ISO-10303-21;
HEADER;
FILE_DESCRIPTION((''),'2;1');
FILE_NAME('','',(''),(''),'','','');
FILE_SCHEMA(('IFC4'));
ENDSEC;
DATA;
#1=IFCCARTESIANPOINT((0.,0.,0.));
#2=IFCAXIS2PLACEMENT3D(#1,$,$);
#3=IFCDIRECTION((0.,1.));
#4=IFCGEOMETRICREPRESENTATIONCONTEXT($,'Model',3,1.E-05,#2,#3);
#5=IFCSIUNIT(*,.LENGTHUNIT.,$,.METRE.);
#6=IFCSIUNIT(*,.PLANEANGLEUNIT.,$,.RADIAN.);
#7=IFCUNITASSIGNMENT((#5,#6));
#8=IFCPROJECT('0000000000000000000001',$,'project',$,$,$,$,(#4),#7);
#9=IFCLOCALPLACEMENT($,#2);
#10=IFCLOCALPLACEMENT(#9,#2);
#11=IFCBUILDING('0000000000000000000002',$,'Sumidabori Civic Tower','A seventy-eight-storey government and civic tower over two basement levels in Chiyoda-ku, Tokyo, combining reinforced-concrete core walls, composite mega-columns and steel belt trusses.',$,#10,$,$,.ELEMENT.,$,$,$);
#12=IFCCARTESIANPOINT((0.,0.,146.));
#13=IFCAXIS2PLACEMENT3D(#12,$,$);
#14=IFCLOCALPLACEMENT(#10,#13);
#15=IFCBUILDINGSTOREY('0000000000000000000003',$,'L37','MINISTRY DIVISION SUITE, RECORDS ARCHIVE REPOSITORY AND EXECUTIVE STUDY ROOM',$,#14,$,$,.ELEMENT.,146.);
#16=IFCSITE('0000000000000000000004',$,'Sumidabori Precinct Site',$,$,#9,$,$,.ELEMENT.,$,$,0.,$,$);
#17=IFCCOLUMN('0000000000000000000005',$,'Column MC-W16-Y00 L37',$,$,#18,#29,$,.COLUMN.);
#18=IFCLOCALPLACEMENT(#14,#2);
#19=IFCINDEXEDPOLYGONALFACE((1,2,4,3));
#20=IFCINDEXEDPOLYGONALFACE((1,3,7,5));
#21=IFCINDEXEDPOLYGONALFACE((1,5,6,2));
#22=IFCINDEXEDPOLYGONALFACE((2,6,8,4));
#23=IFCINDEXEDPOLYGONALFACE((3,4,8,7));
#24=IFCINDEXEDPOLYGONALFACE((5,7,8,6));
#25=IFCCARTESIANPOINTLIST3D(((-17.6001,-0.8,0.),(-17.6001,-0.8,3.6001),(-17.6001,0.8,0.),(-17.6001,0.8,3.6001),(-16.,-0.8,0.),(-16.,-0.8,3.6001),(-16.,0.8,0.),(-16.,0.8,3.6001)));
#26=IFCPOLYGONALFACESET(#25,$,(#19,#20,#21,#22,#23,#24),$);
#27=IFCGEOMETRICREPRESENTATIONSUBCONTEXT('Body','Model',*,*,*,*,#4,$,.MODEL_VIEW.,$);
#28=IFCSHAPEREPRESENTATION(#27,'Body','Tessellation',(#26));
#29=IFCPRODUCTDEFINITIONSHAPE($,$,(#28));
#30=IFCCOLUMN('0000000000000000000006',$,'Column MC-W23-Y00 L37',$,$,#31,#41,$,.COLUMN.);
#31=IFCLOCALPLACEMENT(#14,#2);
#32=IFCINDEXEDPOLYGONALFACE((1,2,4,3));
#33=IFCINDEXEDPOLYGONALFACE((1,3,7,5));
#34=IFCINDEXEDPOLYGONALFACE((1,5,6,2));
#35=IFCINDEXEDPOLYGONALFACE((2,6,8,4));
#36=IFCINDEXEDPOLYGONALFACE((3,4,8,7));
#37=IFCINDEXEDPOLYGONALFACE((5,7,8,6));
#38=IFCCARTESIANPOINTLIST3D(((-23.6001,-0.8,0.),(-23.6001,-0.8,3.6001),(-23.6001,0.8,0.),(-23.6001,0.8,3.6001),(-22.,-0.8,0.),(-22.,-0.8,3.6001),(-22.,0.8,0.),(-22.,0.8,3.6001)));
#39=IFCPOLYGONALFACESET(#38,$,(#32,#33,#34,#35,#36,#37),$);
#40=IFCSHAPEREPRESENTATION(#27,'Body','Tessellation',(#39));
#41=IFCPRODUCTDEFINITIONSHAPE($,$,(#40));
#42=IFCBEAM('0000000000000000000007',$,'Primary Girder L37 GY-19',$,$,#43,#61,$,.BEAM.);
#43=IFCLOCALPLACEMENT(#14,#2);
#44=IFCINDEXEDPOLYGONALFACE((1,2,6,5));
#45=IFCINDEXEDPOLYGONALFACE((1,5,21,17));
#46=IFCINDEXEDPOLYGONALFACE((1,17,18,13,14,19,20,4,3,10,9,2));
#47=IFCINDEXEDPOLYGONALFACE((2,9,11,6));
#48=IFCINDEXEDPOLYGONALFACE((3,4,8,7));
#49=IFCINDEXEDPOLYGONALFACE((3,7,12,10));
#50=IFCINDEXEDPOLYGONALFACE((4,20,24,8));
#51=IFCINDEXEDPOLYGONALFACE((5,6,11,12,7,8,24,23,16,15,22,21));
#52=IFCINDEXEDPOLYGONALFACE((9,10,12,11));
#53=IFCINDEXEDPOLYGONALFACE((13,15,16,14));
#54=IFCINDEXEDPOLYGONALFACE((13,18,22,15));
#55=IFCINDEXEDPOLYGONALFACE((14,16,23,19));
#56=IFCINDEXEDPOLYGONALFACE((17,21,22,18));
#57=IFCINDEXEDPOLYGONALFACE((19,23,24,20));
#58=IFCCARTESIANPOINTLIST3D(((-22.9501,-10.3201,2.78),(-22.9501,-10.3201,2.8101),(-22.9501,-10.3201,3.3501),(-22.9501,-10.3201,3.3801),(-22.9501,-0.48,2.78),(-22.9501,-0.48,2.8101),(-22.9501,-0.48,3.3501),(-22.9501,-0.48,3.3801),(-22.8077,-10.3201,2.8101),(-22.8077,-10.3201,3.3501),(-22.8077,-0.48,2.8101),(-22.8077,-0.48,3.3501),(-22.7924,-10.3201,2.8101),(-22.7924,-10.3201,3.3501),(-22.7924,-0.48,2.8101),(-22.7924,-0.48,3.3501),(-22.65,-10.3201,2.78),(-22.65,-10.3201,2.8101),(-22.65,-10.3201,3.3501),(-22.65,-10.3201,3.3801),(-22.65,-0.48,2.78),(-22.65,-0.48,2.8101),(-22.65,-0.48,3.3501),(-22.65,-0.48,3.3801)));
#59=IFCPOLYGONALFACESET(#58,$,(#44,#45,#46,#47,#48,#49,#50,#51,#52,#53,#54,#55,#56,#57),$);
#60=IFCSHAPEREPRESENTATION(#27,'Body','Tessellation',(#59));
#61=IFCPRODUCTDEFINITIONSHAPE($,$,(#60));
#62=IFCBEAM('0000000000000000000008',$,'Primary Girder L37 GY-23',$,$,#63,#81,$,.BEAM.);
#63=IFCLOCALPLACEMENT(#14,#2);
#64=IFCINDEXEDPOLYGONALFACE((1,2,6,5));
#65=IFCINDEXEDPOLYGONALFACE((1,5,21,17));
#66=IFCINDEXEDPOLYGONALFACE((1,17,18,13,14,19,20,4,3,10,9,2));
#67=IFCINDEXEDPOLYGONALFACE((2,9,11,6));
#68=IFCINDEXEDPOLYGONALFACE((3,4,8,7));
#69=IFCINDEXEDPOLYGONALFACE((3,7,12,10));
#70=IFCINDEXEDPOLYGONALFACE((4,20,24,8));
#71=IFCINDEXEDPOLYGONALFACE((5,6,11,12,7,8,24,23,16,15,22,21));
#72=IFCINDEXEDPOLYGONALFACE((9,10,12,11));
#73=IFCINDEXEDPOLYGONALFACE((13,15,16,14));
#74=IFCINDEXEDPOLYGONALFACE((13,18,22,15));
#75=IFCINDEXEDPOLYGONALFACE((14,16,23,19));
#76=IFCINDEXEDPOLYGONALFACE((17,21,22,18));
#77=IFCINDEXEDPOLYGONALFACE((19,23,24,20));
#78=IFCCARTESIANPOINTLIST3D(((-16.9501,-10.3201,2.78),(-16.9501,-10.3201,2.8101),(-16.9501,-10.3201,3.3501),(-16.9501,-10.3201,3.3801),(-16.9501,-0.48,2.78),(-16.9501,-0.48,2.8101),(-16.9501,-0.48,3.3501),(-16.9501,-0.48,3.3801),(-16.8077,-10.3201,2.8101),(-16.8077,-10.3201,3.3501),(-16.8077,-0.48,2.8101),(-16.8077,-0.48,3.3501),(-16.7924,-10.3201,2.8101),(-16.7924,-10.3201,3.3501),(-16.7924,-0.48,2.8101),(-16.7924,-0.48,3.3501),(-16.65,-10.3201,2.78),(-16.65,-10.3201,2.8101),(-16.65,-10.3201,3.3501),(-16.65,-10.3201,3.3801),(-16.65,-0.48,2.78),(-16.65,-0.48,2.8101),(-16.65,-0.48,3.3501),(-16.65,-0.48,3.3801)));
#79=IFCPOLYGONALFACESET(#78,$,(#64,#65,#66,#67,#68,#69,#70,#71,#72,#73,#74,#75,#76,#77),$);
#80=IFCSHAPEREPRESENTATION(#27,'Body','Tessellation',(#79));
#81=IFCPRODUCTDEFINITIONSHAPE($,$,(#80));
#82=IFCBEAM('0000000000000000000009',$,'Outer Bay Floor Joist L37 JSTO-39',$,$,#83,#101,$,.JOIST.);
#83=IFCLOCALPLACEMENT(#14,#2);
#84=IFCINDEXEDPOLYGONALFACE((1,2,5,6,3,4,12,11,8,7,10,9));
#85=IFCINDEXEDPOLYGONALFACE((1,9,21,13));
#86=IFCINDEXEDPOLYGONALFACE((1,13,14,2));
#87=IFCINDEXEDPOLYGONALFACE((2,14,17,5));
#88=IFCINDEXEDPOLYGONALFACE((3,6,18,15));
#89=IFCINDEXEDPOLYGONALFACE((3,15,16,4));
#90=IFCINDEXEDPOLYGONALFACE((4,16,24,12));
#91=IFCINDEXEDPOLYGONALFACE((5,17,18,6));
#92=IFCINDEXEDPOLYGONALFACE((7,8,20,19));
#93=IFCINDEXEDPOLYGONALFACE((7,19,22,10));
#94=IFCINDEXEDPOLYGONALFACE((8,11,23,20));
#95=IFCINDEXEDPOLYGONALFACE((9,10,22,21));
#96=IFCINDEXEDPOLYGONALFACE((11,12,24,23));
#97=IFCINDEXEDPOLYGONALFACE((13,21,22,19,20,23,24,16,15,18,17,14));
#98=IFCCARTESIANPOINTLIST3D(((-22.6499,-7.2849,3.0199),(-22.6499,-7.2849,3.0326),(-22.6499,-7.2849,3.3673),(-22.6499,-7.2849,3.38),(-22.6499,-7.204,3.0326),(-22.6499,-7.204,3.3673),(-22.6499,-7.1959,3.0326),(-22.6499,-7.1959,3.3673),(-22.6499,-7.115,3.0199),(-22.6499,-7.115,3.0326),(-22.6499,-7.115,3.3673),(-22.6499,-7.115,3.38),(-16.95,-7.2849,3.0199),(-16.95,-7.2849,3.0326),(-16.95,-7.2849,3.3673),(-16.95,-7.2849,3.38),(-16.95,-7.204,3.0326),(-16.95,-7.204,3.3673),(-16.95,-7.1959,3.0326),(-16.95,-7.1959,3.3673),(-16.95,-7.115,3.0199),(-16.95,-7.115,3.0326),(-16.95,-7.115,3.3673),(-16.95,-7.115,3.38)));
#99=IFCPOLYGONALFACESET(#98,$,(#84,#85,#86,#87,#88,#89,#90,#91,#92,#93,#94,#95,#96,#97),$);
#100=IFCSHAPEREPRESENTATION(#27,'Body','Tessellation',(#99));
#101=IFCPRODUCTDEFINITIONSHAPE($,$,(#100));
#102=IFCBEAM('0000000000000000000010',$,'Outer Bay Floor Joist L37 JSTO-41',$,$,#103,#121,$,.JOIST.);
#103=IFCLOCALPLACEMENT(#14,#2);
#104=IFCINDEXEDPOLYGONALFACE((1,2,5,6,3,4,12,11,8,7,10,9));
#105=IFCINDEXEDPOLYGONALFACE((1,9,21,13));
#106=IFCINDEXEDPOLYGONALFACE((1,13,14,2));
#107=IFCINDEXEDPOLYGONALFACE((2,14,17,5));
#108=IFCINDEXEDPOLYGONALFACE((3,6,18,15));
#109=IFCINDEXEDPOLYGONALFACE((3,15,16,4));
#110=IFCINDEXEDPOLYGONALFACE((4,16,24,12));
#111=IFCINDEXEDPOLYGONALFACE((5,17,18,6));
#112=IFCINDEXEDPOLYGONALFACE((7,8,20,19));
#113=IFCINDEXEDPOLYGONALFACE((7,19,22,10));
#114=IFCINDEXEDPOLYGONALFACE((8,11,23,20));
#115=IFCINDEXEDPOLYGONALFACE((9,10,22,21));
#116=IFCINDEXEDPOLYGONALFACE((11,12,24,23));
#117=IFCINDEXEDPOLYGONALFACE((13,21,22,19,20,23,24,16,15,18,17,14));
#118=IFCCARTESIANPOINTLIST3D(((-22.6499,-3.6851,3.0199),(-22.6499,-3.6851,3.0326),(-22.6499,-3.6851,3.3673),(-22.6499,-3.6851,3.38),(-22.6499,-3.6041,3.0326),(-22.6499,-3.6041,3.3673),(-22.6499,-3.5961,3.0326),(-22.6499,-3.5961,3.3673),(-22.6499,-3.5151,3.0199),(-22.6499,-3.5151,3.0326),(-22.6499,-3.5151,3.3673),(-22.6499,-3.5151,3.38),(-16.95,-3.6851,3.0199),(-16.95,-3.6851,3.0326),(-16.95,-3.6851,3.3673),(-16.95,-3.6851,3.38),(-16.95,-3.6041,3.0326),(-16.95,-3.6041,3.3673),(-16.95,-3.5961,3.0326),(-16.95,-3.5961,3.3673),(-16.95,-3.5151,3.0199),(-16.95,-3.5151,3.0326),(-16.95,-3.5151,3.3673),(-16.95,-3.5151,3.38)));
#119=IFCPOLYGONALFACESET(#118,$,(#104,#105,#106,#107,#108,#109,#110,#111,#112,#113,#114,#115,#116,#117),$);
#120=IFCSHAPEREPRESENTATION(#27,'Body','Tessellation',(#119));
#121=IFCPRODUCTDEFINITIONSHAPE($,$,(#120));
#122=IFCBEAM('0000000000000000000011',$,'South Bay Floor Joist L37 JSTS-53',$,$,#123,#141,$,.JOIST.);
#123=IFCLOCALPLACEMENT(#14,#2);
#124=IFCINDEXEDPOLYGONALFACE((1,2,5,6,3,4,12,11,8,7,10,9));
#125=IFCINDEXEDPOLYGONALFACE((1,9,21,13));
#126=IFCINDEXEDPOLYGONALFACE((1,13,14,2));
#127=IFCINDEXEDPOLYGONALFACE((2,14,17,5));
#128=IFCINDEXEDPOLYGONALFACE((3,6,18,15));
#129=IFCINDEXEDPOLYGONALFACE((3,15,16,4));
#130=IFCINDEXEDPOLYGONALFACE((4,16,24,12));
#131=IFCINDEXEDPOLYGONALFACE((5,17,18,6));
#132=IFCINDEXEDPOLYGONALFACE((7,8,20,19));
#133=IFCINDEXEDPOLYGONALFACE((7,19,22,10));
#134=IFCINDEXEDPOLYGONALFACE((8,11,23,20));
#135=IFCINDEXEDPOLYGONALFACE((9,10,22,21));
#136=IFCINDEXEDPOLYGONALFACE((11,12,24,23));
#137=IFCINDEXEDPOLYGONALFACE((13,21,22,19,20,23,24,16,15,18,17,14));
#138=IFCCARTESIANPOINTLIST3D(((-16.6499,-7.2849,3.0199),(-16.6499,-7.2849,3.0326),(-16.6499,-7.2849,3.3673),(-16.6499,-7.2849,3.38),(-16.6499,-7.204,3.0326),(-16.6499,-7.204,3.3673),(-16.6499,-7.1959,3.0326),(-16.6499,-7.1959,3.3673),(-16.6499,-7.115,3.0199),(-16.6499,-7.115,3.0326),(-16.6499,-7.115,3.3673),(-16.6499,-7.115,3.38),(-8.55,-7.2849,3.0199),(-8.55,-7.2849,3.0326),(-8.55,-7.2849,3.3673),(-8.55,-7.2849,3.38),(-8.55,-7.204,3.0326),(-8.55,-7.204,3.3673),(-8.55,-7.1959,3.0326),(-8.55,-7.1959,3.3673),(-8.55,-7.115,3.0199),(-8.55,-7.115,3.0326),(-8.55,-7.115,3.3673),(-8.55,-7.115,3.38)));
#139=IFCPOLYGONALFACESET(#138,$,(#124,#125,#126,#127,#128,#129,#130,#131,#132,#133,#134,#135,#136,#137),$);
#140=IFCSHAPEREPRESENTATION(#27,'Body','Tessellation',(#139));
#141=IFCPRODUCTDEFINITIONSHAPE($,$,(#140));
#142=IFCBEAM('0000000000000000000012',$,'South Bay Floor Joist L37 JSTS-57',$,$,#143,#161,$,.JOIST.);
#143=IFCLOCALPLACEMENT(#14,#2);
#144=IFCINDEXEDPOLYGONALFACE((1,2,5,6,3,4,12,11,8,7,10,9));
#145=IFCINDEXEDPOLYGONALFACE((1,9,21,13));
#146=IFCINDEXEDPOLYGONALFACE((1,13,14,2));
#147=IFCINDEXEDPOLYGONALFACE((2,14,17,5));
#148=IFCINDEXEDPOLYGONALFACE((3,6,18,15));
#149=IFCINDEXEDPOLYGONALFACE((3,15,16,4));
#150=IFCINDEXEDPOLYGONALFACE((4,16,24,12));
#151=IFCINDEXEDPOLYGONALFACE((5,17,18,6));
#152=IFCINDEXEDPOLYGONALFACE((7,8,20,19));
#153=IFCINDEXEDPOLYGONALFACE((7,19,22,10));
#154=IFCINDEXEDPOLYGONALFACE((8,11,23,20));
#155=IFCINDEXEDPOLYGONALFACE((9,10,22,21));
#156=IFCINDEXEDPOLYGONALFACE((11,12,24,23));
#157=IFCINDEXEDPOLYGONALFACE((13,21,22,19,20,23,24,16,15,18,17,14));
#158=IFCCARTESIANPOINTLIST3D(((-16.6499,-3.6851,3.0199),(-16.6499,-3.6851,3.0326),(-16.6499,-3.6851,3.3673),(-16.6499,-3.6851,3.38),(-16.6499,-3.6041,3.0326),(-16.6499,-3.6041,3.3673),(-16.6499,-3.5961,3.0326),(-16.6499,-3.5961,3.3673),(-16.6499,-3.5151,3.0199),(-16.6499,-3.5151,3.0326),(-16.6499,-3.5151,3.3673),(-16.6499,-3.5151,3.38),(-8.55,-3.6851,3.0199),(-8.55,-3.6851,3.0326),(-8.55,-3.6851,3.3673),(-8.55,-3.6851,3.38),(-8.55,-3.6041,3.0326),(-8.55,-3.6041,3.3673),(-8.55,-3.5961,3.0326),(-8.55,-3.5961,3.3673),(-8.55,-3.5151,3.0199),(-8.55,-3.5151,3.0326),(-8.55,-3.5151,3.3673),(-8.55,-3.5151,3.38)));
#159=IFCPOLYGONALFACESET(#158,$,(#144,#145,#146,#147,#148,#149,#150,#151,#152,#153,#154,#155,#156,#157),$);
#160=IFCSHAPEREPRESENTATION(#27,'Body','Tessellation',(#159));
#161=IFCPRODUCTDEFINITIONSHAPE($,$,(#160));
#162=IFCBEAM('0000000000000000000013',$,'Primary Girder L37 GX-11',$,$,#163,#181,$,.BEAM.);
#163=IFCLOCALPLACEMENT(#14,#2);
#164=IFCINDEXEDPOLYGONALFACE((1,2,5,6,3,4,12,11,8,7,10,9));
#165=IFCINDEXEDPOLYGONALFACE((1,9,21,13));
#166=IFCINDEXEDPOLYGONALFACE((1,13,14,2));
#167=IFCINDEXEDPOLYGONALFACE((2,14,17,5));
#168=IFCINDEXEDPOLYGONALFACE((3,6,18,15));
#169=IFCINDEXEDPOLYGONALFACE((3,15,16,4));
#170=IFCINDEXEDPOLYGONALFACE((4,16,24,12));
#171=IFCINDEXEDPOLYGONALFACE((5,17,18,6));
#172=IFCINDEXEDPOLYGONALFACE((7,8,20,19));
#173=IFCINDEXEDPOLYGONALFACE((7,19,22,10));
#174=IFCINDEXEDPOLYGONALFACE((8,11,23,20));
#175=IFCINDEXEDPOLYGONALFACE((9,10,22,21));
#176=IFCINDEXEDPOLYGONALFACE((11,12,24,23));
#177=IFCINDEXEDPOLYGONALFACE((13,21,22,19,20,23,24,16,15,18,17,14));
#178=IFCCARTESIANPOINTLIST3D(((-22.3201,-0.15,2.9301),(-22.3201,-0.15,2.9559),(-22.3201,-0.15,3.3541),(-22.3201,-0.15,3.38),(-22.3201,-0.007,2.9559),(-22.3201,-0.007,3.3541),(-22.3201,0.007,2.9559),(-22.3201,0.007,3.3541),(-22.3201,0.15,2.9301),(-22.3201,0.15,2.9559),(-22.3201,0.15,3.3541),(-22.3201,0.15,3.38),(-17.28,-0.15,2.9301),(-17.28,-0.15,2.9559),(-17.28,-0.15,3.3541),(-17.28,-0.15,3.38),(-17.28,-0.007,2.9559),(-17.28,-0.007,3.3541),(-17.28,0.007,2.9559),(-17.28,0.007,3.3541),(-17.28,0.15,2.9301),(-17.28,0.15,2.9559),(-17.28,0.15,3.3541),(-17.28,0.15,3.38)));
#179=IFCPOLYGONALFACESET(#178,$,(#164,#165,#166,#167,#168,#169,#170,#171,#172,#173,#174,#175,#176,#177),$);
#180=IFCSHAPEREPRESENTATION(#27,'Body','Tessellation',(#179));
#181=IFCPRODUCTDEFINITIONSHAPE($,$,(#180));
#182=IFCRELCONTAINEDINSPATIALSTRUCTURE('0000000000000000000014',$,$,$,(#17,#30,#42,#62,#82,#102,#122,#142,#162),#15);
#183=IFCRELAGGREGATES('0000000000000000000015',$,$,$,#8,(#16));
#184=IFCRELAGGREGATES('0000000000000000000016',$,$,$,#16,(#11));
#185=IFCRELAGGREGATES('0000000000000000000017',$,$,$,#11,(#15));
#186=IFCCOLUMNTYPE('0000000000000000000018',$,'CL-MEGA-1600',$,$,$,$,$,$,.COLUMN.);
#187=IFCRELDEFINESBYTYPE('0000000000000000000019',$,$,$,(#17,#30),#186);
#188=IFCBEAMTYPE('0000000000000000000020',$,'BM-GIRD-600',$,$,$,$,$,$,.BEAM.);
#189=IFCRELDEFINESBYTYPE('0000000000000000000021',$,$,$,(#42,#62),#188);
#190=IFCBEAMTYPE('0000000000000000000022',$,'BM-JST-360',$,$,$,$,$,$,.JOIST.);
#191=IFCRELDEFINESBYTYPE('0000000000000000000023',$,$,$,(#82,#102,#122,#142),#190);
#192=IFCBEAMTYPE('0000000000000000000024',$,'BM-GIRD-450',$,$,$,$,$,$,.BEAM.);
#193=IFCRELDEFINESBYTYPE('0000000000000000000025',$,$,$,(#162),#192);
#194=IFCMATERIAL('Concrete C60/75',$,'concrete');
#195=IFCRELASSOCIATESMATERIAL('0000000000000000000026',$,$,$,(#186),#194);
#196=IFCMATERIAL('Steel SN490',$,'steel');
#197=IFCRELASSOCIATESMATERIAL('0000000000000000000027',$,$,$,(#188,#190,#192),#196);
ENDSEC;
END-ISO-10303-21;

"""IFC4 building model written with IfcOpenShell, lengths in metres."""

from ifc_helpers import new_model, si_unit, direction, frame, origin, origin_2d, place, context, subcontext, project, spatial, rectangle, i_section, extrude, source, transform, mapped, material, material_profile, profile_set, type_object, element, save


model = new_model("IFC4")

# Units and contexts
model_context = context("Model", 3, precision=1e-05, world=origin(), true_north=direction((0.0, 1.0)))
body_context = subcontext(model_context, "Body", "Model", "MODEL_VIEW")
ifc_project = project(units=[si_unit("LENGTHUNIT", "METRE"), si_unit("PLANEANGLEUNIT", "RADIAN")], contexts=[model_context])

# Site, building, storey
site_placement = place(None, origin())
site = spatial("IfcSite", under=ifc_project, at=site_placement, Name="Sumidabori Precinct Site", CompositionType="ELEMENT", RefElevation=0.0)
building_placement = place(site_placement, origin())
building = spatial("IfcBuilding", under=site, at=building_placement, Name="Sumidabori Civic Tower", Description="A seventy-eight-storey government and civic tower over two basement levels in Chiyoda-ku, Tokyo, combining reinforced-concrete core walls, composite mega-columns and steel belt trusses.", CompositionType="ELEMENT")
storey_placement = place(building_placement, frame((0.0, 0.0, 146.0)))
storey = spatial("IfcBuildingStorey", under=building, at=storey_placement, Name="L37", Description="MINISTRY DIVISION SUITE, RECORDS ARCHIVE REPOSITORY AND EXECUTIVE STUDY ROOM", CompositionType="ELEMENT", Elevation=146.0)

# Columns
ifc_material_1 = material(Name="Concrete C60/75", Category="concrete")
ifc_material_profile_1 = material_profile(ifc_material_1, rectangle(XDim=1.6001, YDim=1.6001, at=origin_2d()), Name="RC 1600x1600")
ifc_profile_set_1 = profile_set([ifc_material_profile_1], Name="Concrete C60/75")
column_type = type_object("IfcColumnType", Name="CL-MEGA-1600", PredefinedType="COLUMN", material=ifc_profile_set_1)
shared_shape_1 = source(origin(), body_context, "Body", "SweptSolid", [
    extrude(rectangle(XDim=1.6001, YDim=1.6001, at=origin_2d()), origin(), (0.0, 0.0, 1.0), 3.6001),
])
for number, where, z_axis, x_axis, name in (
    (1, (-16.8, 0.0, 0.0), (0.0, 0.0, 1.0), (1.0, 0.0, 0.0), "Column MC-W16-Y00 L37"),
    (2, (-22.8, 0.0, 0.0), (0.0, 0.0, 1.0), (1.0, 0.0, 0.0), "Column MC-W23-Y00 L37"),
):
    element("IfcColumn", number, at=place(storey_placement, frame(where, z_axis=z_axis, x_axis=x_axis)), inside=storey, type_object=column_type, Name=name, PredefinedType="COLUMN", context=body_context, shape_type="MappedRepresentation", body=[
        mapped(shared_shape_1, transform((0.0, 0.0, 0.0), x_axis=(1.0, 0.0, 0.0), y_axis=(0.0, 1.0, 0.0), z_axis=(0.0, 0.0, 1.0), scale=1.0)),
    ])

# Beams
ifc_material_2 = material(Name="Steel SN490", Category="steel")
ifc_material_profile_2 = material_profile(ifc_material_2, i_section(OverallWidth=0.3, OverallDepth=0.6001, WebThickness=0.0154, FlangeThickness=0.03, at=origin_2d()), Name="HE 600 B")
ifc_profile_set_2 = profile_set([ifc_material_profile_2], Name="Steel SN490")
beam_type_1 = type_object("IfcBeamType", Name="BM-GIRD-600", PredefinedType="BEAM", material=ifc_profile_set_2)
shared_shape_2 = source(origin(), body_context, "Body", "SweptSolid", [
    extrude(i_section(OverallWidth=0.3, OverallDepth=0.6001, WebThickness=0.0154, FlangeThickness=0.03, at=origin_2d()), origin(), (0.0, 0.0, 1.0), 9.8401),
])
for number, where, z_axis, x_axis, name in (
    (3, (-22.8, -10.3201, 3.0801), (0.0, 1.0, 0.0), (-1.0, 0.0, 0.0), "Primary Girder L37 GY-19"),
    (4, (-16.8, -10.3201, 3.0801), (0.0, 1.0, 0.0), (-1.0, 0.0, 0.0), "Primary Girder L37 GY-23"),
):
    element("IfcBeam", number, at=place(storey_placement, frame(where, z_axis=z_axis, x_axis=x_axis)), inside=storey, type_object=beam_type_1, Name=name, PredefinedType="BEAM", context=body_context, shape_type="MappedRepresentation", body=[
        mapped(shared_shape_2, transform((0.0, 0.0, 0.0), x_axis=(1.0, 0.0, 0.0), y_axis=(0.0, 1.0, 0.0), z_axis=(0.0, 0.0, 1.0), scale=1.0)),
    ])
ifc_material_profile_3 = material_profile(ifc_material_2, i_section(OverallWidth=0.1699, OverallDepth=0.3601, WebThickness=0.0081, FlangeThickness=0.0127, at=origin_2d()), Name="IPE 360")
ifc_profile_set_3 = profile_set([ifc_material_profile_3], Name="Steel SN490")
beam_type_2 = type_object("IfcBeamType", Name="BM-JST-360", PredefinedType="JOIST", material=ifc_profile_set_3)
shared_shape_3 = source(origin(), body_context, "Body", "SweptSolid", [
    extrude(i_section(OverallWidth=0.1699, OverallDepth=0.3601, WebThickness=0.0081, FlangeThickness=0.0127, at=origin_2d()), origin(), (0.0, 0.0, 1.0), 5.7),
])
for number, where, z_axis, x_axis, name in (
    (5, (-22.6499, -7.2, 3.2), (1.0, 0.0, 0.0), (0.0, 1.0, 0.0), "Outer Bay Floor Joist L37 JSTO-39"),
    (6, (-22.6499, -3.6001, 3.2), (1.0, 0.0, 0.0), (0.0, 1.0, 0.0), "Outer Bay Floor Joist L37 JSTO-41"),
):
    element("IfcBeam", number, at=place(storey_placement, frame(where, z_axis=z_axis, x_axis=x_axis)), inside=storey, type_object=beam_type_2, Name=name, PredefinedType="JOIST", context=body_context, shape_type="MappedRepresentation", body=[
        mapped(shared_shape_3, transform((0.0, 0.0, 0.0), x_axis=(1.0, 0.0, 0.0), y_axis=(0.0, 1.0, 0.0), z_axis=(0.0, 0.0, 1.0), scale=1.0)),
    ])
shared_shape_4 = source(origin(), body_context, "Body", "SweptSolid", [
    extrude(i_section(OverallWidth=0.1699, OverallDepth=0.3601, WebThickness=0.0081, FlangeThickness=0.0127, at=origin_2d()), origin(), (0.0, 0.0, 1.0), 8.0999),
])
for number, where, z_axis, x_axis, name in (
    (7, (-16.6499, -7.2, 3.2), (1.0, 0.0, 0.0), (0.0, 1.0, 0.0), "South Bay Floor Joist L37 JSTS-53"),
    (8, (-16.6499, -3.6001, 3.2), (1.0, 0.0, 0.0), (0.0, 1.0, 0.0), "South Bay Floor Joist L37 JSTS-57"),
):
    element("IfcBeam", number, at=place(storey_placement, frame(where, z_axis=z_axis, x_axis=x_axis)), inside=storey, type_object=beam_type_2, Name=name, PredefinedType="JOIST", context=body_context, shape_type="MappedRepresentation", body=[
        mapped(shared_shape_4, transform((0.0, 0.0, 0.0), x_axis=(1.0, 0.0, 0.0), y_axis=(0.0, 1.0, 0.0), z_axis=(0.0, 0.0, 1.0), scale=1.0)),
    ])
ifc_material_profile_4 = material_profile(ifc_material_2, i_section(OverallWidth=0.3, OverallDepth=0.45, WebThickness=0.0139, FlangeThickness=0.0259, at=origin_2d()), Name="HE 450 B")
ifc_profile_set_4 = profile_set([ifc_material_profile_4], Name="Steel SN490")
beam_type_3 = type_object("IfcBeamType", Name="BM-GIRD-450", PredefinedType="BEAM", material=ifc_profile_set_4)
shared_shape_5 = source(origin(), body_context, "Body", "SweptSolid", [
    extrude(i_section(OverallWidth=0.3, OverallDepth=0.45, WebThickness=0.0139, FlangeThickness=0.0259, at=origin_2d()), origin(), (0.0, 0.0, 1.0), 5.04),
])
beam_placement = place(storey_placement, frame((-22.3201, 0.0, 3.155), z_axis=(1.0, 0.0, 0.0), x_axis=(0.0, 1.0, 0.0)))
element("IfcBeam", 9, at=beam_placement, inside=storey, type_object=beam_type_3, Name="Primary Girder L37 GX-11", PredefinedType="BEAM", context=body_context, shape_type="MappedRepresentation", body=[
    mapped(shared_shape_5, transform((0.0, 0.0, 0.0), x_axis=(1.0, 0.0, 0.0), y_axis=(0.0, 1.0, 0.0), z_axis=(0.0, 0.0, 1.0), scale=1.0)),
])

save(model, "model.ifc")
